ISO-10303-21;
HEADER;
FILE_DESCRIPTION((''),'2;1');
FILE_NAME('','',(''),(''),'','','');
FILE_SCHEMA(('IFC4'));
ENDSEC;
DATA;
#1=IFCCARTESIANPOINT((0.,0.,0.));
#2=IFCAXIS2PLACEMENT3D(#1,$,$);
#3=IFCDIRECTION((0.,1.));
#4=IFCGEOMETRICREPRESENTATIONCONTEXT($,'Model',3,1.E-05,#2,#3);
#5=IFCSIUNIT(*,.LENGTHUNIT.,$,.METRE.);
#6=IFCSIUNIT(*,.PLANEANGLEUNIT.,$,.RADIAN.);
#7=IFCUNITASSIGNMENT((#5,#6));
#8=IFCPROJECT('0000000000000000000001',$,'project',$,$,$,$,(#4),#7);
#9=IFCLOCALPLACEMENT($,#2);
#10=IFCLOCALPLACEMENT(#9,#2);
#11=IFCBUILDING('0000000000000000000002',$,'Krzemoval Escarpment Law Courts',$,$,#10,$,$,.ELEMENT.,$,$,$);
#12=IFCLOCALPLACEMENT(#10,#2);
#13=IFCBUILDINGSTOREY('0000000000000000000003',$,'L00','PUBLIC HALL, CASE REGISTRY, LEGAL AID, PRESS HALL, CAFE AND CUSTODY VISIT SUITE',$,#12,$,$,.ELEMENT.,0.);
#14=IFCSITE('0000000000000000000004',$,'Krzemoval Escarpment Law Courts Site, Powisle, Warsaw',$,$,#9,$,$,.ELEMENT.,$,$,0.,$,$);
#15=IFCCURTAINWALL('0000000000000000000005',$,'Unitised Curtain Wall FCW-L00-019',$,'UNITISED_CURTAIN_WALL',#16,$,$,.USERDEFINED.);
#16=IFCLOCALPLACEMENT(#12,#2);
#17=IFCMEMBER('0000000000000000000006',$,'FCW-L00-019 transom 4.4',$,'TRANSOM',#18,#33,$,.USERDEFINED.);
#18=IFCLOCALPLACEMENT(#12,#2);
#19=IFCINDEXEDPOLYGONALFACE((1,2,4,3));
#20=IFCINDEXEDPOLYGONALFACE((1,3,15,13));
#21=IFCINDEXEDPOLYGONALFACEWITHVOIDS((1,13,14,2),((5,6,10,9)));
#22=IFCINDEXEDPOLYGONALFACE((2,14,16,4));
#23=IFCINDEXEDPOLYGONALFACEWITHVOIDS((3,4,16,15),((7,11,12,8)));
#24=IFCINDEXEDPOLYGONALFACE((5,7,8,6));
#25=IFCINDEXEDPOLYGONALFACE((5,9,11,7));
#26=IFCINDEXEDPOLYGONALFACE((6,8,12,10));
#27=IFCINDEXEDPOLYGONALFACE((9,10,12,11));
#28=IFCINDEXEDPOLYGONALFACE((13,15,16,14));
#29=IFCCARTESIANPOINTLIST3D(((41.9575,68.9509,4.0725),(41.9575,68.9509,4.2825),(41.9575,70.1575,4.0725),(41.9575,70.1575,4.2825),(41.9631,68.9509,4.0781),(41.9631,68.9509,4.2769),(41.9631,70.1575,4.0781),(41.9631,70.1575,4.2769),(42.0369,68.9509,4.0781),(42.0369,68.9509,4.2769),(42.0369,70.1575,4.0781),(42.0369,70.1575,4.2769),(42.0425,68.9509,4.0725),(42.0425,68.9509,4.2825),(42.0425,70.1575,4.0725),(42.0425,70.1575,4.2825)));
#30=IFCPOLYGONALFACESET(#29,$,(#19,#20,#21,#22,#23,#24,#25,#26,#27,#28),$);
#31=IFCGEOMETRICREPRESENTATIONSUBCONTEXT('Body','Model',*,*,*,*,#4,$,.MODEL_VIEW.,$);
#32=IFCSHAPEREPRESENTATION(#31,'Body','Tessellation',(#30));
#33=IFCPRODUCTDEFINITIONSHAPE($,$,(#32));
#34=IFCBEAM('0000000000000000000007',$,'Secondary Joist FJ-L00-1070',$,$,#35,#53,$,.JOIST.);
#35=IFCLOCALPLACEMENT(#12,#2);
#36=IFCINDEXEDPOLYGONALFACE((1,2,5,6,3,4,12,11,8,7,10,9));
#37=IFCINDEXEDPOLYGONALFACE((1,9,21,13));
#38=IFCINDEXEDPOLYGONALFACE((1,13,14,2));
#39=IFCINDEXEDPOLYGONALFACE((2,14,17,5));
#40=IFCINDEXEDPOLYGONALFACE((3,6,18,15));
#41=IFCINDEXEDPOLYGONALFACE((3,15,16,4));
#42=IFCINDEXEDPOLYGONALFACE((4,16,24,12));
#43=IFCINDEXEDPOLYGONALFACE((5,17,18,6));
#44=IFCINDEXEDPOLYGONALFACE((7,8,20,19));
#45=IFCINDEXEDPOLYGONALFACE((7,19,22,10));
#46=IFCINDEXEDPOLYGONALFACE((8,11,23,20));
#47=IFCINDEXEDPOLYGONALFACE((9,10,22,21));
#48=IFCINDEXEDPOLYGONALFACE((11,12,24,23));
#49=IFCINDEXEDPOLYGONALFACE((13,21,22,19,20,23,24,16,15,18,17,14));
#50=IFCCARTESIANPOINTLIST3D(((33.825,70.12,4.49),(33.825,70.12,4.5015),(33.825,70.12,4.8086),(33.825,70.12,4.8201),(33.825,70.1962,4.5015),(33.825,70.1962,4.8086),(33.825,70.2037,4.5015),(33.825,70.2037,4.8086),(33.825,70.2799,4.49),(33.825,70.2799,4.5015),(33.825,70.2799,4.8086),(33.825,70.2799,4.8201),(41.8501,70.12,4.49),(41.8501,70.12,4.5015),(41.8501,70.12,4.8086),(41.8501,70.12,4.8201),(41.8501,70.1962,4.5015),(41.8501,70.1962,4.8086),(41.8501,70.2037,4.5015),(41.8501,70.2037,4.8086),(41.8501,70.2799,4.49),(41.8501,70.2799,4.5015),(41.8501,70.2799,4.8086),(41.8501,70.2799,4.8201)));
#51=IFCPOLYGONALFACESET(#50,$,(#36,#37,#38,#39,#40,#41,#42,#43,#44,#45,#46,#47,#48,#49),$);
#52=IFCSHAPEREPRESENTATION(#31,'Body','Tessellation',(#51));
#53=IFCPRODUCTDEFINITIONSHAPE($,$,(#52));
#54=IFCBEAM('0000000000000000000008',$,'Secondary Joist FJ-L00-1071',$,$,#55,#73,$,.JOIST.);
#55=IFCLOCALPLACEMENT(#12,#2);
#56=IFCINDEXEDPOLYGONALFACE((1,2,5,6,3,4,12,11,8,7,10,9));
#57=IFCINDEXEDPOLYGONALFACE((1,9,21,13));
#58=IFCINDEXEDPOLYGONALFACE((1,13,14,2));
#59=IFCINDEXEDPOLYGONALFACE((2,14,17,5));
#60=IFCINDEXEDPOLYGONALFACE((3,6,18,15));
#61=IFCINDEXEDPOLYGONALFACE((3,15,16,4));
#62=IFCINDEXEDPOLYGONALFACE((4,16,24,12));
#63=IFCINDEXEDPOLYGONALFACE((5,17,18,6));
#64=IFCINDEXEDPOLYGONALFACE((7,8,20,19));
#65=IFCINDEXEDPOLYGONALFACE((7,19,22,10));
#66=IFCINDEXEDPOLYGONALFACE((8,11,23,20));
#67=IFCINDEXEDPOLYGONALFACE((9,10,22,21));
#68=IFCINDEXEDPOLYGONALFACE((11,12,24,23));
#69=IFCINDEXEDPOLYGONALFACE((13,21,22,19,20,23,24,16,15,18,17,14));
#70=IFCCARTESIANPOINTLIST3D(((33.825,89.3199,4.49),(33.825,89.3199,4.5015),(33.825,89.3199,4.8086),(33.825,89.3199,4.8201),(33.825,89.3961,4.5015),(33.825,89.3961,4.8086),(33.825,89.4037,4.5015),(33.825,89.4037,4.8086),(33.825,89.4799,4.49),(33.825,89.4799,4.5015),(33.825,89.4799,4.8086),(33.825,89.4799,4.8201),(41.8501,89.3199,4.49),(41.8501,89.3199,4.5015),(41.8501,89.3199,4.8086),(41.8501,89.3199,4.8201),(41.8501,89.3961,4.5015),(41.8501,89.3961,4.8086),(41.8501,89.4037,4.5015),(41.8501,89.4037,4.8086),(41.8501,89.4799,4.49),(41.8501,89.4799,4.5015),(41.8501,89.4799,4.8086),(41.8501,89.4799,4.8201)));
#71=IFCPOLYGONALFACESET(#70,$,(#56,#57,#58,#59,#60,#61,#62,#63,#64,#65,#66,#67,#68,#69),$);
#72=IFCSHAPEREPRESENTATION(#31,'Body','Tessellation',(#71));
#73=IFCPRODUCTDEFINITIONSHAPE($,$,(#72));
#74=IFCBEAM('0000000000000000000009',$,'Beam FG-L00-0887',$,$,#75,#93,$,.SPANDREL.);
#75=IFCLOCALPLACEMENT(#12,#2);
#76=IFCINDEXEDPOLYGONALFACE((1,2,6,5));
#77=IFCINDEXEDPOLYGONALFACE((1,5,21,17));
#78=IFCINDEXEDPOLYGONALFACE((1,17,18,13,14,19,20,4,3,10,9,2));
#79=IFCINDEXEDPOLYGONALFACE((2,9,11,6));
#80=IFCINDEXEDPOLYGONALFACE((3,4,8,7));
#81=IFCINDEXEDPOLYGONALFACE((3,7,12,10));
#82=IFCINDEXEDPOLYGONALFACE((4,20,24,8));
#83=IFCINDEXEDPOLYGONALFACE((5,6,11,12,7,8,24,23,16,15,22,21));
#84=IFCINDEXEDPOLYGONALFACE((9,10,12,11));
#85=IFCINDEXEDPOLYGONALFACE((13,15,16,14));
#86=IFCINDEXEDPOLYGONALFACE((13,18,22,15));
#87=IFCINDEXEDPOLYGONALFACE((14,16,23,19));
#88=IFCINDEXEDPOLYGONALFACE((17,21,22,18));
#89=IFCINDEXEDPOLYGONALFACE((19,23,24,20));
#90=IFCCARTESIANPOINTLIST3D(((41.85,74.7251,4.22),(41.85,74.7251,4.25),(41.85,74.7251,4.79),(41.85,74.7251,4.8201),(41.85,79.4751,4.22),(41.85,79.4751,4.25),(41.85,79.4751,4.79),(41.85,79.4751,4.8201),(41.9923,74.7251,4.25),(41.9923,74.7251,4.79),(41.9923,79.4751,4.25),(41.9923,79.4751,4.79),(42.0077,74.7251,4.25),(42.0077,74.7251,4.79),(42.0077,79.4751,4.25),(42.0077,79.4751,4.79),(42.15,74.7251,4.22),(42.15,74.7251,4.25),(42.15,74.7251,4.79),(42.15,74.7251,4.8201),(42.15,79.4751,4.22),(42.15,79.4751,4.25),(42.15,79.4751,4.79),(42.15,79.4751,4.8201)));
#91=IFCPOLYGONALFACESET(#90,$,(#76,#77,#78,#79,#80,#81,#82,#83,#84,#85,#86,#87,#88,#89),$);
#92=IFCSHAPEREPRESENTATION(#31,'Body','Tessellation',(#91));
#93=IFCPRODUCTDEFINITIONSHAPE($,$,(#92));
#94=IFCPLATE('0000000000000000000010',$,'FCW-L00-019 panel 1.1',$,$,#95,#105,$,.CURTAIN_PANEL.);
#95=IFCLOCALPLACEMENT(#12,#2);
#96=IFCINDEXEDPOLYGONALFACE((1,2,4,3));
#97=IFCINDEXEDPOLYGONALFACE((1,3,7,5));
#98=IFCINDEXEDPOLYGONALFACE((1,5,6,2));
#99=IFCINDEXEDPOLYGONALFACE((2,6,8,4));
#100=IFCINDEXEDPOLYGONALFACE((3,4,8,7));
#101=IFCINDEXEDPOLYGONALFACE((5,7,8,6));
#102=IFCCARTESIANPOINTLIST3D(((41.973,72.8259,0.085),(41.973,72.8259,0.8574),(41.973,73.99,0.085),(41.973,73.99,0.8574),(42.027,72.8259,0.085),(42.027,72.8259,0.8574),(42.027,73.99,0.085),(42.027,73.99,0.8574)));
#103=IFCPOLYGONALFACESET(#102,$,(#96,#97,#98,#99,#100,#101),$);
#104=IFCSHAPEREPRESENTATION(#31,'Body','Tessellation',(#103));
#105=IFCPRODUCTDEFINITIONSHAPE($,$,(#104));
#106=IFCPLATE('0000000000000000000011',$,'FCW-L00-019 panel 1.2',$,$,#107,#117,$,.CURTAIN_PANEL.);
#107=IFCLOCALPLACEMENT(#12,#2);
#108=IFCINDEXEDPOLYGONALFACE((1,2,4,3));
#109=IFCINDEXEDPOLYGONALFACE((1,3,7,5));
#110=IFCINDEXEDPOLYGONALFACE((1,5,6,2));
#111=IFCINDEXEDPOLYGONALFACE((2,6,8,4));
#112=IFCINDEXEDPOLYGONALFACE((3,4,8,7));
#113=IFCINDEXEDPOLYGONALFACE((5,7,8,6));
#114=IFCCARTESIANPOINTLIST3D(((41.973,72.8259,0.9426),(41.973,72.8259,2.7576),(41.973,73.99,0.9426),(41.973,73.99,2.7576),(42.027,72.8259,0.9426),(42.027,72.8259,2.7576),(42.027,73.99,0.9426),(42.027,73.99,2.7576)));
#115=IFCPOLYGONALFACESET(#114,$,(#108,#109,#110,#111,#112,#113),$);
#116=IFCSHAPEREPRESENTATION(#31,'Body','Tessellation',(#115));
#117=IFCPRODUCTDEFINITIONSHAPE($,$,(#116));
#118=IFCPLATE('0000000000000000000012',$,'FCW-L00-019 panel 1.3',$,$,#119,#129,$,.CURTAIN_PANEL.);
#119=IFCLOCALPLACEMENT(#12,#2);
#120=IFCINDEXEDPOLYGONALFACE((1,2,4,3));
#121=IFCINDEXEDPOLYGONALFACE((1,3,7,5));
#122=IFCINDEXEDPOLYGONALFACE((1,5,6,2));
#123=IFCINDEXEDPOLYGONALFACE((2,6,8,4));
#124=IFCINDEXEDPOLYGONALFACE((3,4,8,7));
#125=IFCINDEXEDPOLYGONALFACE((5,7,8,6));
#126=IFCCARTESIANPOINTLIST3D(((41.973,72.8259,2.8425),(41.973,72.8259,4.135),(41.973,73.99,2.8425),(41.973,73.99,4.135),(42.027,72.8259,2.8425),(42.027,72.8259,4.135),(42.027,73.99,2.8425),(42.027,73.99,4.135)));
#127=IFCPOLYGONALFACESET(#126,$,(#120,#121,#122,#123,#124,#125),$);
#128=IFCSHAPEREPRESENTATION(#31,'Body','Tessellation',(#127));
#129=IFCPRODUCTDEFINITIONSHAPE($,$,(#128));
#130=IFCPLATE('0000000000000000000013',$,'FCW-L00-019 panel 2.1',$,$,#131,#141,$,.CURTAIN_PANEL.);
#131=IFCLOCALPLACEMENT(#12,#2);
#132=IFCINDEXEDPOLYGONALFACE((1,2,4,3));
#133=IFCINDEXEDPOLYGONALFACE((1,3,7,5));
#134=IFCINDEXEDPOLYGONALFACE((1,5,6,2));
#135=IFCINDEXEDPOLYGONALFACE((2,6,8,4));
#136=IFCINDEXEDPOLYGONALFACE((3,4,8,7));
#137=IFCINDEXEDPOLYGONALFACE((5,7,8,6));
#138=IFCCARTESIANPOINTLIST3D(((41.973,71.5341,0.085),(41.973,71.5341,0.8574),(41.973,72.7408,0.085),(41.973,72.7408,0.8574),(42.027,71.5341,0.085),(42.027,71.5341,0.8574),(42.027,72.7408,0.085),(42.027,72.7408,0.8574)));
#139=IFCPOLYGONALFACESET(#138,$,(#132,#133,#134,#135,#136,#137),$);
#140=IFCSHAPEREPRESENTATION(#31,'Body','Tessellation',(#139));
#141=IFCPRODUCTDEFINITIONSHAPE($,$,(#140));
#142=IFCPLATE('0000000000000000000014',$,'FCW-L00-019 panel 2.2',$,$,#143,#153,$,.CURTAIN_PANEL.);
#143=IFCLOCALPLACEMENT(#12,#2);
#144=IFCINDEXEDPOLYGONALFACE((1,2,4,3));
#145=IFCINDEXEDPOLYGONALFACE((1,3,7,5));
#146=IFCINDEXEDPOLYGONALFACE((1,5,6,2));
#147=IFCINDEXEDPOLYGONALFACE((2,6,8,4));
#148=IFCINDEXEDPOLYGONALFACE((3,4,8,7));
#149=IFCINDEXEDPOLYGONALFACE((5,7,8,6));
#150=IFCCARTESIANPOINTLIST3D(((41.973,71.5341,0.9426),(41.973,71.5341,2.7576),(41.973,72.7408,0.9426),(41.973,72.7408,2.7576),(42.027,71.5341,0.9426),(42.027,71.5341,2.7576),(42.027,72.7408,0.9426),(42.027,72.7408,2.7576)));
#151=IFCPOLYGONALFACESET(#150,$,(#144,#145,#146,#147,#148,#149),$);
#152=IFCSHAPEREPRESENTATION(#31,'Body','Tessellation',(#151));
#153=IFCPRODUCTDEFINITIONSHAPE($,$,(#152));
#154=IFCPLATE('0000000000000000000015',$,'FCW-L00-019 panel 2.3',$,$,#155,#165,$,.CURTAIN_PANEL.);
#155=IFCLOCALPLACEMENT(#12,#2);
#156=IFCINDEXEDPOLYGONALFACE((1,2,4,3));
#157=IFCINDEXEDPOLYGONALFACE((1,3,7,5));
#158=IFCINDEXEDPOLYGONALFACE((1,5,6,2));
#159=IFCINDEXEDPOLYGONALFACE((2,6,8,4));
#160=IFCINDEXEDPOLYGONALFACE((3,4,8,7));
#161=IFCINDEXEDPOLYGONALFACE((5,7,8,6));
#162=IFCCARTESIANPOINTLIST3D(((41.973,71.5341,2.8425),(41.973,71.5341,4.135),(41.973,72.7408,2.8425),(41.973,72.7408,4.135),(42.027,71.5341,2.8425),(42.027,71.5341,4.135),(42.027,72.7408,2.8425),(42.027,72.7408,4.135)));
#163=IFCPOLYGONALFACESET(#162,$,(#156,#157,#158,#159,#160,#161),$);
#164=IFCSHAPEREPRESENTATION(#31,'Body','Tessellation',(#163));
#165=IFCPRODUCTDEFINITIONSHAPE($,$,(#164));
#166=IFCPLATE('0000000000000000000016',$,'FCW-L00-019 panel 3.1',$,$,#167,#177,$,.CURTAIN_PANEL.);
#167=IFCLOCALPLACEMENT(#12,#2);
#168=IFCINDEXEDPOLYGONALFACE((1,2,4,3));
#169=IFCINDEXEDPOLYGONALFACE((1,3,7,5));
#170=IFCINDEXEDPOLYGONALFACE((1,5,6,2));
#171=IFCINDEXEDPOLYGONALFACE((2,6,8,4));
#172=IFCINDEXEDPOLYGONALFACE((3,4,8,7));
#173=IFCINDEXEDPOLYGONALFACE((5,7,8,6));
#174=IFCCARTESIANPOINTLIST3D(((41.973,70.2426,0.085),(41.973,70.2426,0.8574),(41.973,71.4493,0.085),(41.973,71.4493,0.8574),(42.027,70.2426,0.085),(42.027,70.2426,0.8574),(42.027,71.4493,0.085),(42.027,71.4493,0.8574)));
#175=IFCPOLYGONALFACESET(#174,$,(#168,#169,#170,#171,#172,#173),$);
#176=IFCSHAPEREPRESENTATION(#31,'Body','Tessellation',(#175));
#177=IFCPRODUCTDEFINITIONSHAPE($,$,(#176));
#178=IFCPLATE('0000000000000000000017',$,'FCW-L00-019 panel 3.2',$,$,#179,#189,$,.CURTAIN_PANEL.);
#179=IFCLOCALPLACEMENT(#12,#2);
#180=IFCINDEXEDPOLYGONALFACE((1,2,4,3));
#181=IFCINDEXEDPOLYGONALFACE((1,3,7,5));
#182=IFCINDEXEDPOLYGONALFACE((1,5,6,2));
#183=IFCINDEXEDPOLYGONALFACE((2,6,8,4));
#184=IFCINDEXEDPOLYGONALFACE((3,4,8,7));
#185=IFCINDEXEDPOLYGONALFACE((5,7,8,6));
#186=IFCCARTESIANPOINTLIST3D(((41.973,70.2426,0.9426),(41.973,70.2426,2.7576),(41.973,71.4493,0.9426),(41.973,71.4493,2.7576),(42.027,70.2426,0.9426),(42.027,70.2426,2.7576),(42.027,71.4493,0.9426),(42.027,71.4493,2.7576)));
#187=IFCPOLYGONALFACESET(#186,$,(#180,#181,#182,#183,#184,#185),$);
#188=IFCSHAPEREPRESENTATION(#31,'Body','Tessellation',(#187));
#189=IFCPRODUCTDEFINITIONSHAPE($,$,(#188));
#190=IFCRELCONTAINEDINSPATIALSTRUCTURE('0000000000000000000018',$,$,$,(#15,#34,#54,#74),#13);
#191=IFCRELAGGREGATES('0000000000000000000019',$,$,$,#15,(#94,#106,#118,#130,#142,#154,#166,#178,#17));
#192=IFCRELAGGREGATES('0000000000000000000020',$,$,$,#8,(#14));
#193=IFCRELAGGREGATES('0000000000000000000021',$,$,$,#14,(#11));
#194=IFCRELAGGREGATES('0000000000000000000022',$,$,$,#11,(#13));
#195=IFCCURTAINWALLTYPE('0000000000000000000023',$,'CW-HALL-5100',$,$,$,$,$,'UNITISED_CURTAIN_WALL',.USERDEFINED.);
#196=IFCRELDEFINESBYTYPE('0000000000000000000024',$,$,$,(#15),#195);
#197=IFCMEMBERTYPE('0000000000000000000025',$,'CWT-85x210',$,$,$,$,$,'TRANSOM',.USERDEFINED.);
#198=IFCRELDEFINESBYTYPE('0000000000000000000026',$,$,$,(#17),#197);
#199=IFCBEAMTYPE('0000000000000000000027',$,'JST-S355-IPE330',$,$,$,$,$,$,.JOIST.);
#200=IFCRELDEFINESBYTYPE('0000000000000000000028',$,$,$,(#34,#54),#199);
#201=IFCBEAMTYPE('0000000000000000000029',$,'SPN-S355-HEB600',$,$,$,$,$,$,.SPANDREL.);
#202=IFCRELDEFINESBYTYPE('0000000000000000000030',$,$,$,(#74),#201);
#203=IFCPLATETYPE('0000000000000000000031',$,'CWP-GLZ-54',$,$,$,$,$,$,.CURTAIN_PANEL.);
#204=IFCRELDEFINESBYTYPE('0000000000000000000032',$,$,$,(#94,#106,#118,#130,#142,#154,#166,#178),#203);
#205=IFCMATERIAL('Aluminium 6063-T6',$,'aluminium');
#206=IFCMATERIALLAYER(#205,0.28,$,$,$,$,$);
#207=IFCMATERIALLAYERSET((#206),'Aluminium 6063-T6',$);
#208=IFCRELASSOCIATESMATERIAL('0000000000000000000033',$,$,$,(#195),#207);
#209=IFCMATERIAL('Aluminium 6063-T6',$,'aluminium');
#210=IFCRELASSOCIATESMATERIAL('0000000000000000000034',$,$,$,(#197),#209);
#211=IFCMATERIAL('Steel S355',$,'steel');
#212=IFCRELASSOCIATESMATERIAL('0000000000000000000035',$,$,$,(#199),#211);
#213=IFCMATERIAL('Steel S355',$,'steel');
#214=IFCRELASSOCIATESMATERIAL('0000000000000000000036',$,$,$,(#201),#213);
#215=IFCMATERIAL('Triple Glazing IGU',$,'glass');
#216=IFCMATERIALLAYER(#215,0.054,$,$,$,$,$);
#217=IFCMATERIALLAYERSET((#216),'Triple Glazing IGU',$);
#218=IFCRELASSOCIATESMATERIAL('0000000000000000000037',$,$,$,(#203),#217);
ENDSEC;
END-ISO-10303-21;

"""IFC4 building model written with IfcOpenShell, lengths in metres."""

from ifc_helpers import new_model, si_unit, direction, frame, origin, origin_2d, place, context, subcontext, project, spatial, rectangle, hollow_rectangle, i_section, extrude, material, layer, layer_set, material_profile, profile_set, type_object, element, aggregate, save


model = new_model("IFC4")

# Units and contexts
model_context = context("Model", 3, precision=1e-05, world=origin(), true_north=direction((0.0, 1.0)))
body_context = subcontext(model_context, "Body", "Model", "MODEL_VIEW")
ifc_project = project(units=[si_unit("LENGTHUNIT", "METRE"), si_unit("PLANEANGLEUNIT", "RADIAN")], contexts=[model_context])

# Site, building, storey
site_placement = place(None, origin())
site = spatial("IfcSite", under=ifc_project, at=site_placement, Name="Krzemoval Escarpment Law Courts Site, Powisle, Warsaw", CompositionType="ELEMENT", RefElevation=0.0)
building_placement = place(site_placement, origin())
building = spatial("IfcBuilding", under=site, at=building_placement, Name="Krzemoval Escarpment Law Courts", CompositionType="ELEMENT")
storey_placement = place(building_placement, origin())
storey = spatial("IfcBuildingStorey", under=building, at=storey_placement, Name="L00", Description="PUBLIC HALL, CASE REGISTRY, LEGAL AID, PRESS HALL, CAFE AND CUSTODY VISIT SUITE", CompositionType="ELEMENT", Elevation=0.0)

# Curtain wall, member
ifc_material_1 = material(Name="Aluminium 6063-T6", Category="aluminium")
ifc_layer_1 = layer(ifc_material_1, 0.28)
ifc_layer_set_1 = layer_set([ifc_layer_1], Name="Aluminium 6063-T6")
curtain_wall_type = type_object("IfcCurtainWallType", Name="CW-HALL-5100", ElementType="UNITISED_CURTAIN_WALL", PredefinedType="USERDEFINED", material=ifc_layer_set_1)
curtain_wall_placement = place(storey_placement, origin())
curtain_wall = element("IfcCurtainWall", 1, at=curtain_wall_placement, inside=storey, type_object=curtain_wall_type, Name="Unitised Curtain Wall FCW-L00-019", ObjectType="UNITISED_CURTAIN_WALL", PredefinedType="USERDEFINED")
ifc_material_2 = material(Name="Aluminium 6063-T6", Category="aluminium")
ifc_material_profile_1 = material_profile(ifc_material_2, hollow_rectangle(XDim=0.085, YDim=0.21, WallThickness=0.0056, at=origin_2d()), Name="ALU T85x210")
ifc_profile_set_1 = profile_set([ifc_material_profile_1], Name="Aluminium 6063-T6")
member_type_1 = type_object("IfcMemberType", Name="CWT-85x210", ElementType="TRANSOM", PredefinedType="USERDEFINED", material=ifc_profile_set_1)
member_1_placement = place(storey_placement, frame((42.0, 70.1575, 4.1775), z_axis=(0.0, -1.0, 0.0), x_axis=(1.0, 0.0, 0.0)))
member_1 = element("IfcMember", 2, at=member_1_placement, type_object=member_type_1, Name="FCW-L00-019 transom 4.4", ObjectType="TRANSOM", PredefinedType="USERDEFINED", context=body_context, shape_type="SweptSolid", body=[
    extrude(hollow_rectangle(XDim=0.085, YDim=0.21, WallThickness=0.0056, at=origin_2d()), origin(), (0.0, 0.0, 1.0), 1.2065),
])

# Beams
ifc_material_3 = material(Name="Steel S355", Category="steel")
ifc_material_profile_2 = material_profile(ifc_material_3, i_section(OverallWidth=0.1599, OverallDepth=0.3301, WebThickness=0.0076, FlangeThickness=0.0115, at=origin_2d()), Name="IPE 330")
ifc_profile_set_2 = profile_set([ifc_material_profile_2], Name="Steel S355")
beam_type_1 = type_object("IfcBeamType", Name="JST-S355-IPE330", PredefinedType="JOIST", material=ifc_profile_set_2)
for number, where, z_axis, x_axis, name in (
    (3, (33.825, 70.2, 4.655), (1.0, 0.0, 0.0), (0.0, 1.0, 0.0), "Secondary Joist FJ-L00-1070"),
    (4, (33.825, 89.3999, 4.655), (1.0, 0.0, 0.0), (0.0, 1.0, 0.0), "Secondary Joist FJ-L00-1071"),
):
    element("IfcBeam", number, at=place(storey_placement, frame(where, z_axis=z_axis, x_axis=x_axis)), inside=storey, type_object=beam_type_1, Name=name, PredefinedType="JOIST", context=body_context, shape_type="SweptSolid", body=[
        extrude(i_section(OverallWidth=0.1599, OverallDepth=0.3301, WebThickness=0.0076, FlangeThickness=0.0115, at=origin_2d()), origin(), (0.0, 0.0, 1.0), 8.0251),
    ])
ifc_material_4 = material(Name="Steel S355", Category="steel")
ifc_material_profile_3 = material_profile(ifc_material_4, i_section(OverallWidth=0.3, OverallDepth=0.6001, WebThickness=0.0154, FlangeThickness=0.03, at=origin_2d()), Name="HEB 600")
ifc_profile_set_3 = profile_set([ifc_material_profile_3], Name="Steel S355")
beam_type_2 = type_object("IfcBeamType", Name="SPN-S355-HEB600", PredefinedType="SPANDREL", material=ifc_profile_set_3)
beam_placement = place(storey_placement, frame((42.0, 74.7251, 4.52), z_axis=(0.0, 1.0, 0.0), x_axis=(-1.0, 0.0, 0.0)))
element("IfcBeam", 5, at=beam_placement, inside=storey, type_object=beam_type_2, Name="Beam FG-L00-0887", PredefinedType="SPANDREL", context=body_context, shape_type="SweptSolid", body=[
    extrude(i_section(OverallWidth=0.3, OverallDepth=0.6001, WebThickness=0.0154, FlangeThickness=0.03, at=origin_2d()), origin(), (0.0, 0.0, 1.0), 4.75),
])

# Plates
ifc_material_5 = material(Name="Triple Glazing IGU", Category="glass")
ifc_layer_2 = layer(ifc_material_5, 0.054)
ifc_layer_set_2 = layer_set([ifc_layer_2], Name="Triple Glazing IGU")
plate_type = type_object("IfcPlateType", Name="CWP-GLZ-54", PredefinedType="CURTAIN_PANEL", material=ifc_layer_set_2)
plate_1_placement = place(storey_placement, frame((42.0, 73.408, 0.085), z_axis=(0.0, 0.0, 1.0), x_axis=(0.0, -1.0, 0.0)))
plate_1 = element("IfcPlate", 6, at=plate_1_placement, type_object=plate_type, Name="FCW-L00-019 panel 1.1", PredefinedType="CURTAIN_PANEL", context=body_context, shape_type="SweptSolid", body=[
    extrude(rectangle(XDim=1.1641, YDim=0.054, at=origin_2d()), origin(), (0.0, 0.0, 1.0), 0.7725),
])
plate_2_placement = place(storey_placement, frame((42.0, 73.408, 0.9426), z_axis=(0.0, 0.0, 1.0), x_axis=(0.0, -1.0, 0.0)))
plate_2 = element("IfcPlate", 7, at=plate_2_placement, type_object=plate_type, Name="FCW-L00-019 panel 1.2", PredefinedType="CURTAIN_PANEL", context=body_context, shape_type="SweptSolid", body=[
    extrude(rectangle(XDim=1.1641, YDim=0.054, at=origin_2d()), origin(), (0.0, 0.0, 1.0), 1.8149),
])
plate_3_placement = place(storey_placement, frame((42.0, 73.408, 2.8425), z_axis=(0.0, 0.0, 1.0), x_axis=(0.0, -1.0, 0.0)))
plate_3 = element("IfcPlate", 8, at=plate_3_placement, type_object=plate_type, Name="FCW-L00-019 panel 1.3", PredefinedType="CURTAIN_PANEL", context=body_context, shape_type="SweptSolid", body=[
    extrude(rectangle(XDim=1.1641, YDim=0.054, at=origin_2d()), origin(), (0.0, 0.0, 1.0), 1.2925),
])
plate_4_placement = place(storey_placement, frame((42.0, 72.1375, 0.085), z_axis=(0.0, 0.0, 1.0), x_axis=(0.0, -1.0, 0.0)))
plate_4 = element("IfcPlate", 9, at=plate_4_placement, type_object=plate_type, Name="FCW-L00-019 panel 2.1", PredefinedType="CURTAIN_PANEL", context=body_context, shape_type="SweptSolid", body=[
    extrude(rectangle(XDim=1.2068, YDim=0.054, at=origin_2d()), origin(), (0.0, 0.0, 1.0), 0.7725),
])
plate_5_placement = place(storey_placement, frame((42.0, 72.1375, 0.9426), z_axis=(0.0, 0.0, 1.0), x_axis=(0.0, -1.0, 0.0)))
plate_5 = element("IfcPlate", 10, at=plate_5_placement, type_object=plate_type, Name="FCW-L00-019 panel 2.2", PredefinedType="CURTAIN_PANEL", context=body_context, shape_type="SweptSolid", body=[
    extrude(rectangle(XDim=1.2068, YDim=0.054, at=origin_2d()), origin(), (0.0, 0.0, 1.0), 1.8149),
])
plate_6_placement = place(storey_placement, frame((42.0, 72.1375, 2.8425), z_axis=(0.0, 0.0, 1.0), x_axis=(0.0, -1.0, 0.0)))
plate_6 = element("IfcPlate", 11, at=plate_6_placement, type_object=plate_type, Name="FCW-L00-019 panel 2.3", PredefinedType="CURTAIN_PANEL", context=body_context, shape_type="SweptSolid", body=[
    extrude(rectangle(XDim=1.2068, YDim=0.054, at=origin_2d()), origin(), (0.0, 0.0, 1.0), 1.2925),
])
plate_7_placement = place(storey_placement, frame((42.0, 70.8459, 0.085), z_axis=(0.0, 0.0, 1.0), x_axis=(0.0, -1.0, 0.0)))
plate_7 = element("IfcPlate", 12, at=plate_7_placement, type_object=plate_type, Name="FCW-L00-019 panel 3.1", PredefinedType="CURTAIN_PANEL", context=body_context, shape_type="SweptSolid", body=[
    extrude(rectangle(XDim=1.2068, YDim=0.054, at=origin_2d()), origin(), (0.0, 0.0, 1.0), 0.7725),
])
plate_8_placement = place(storey_placement, frame((42.0, 70.8459, 0.9426), z_axis=(0.0, 0.0, 1.0), x_axis=(0.0, -1.0, 0.0)))
plate_8 = element("IfcPlate", 13, at=plate_8_placement, type_object=plate_type, Name="FCW-L00-019 panel 3.2", PredefinedType="CURTAIN_PANEL", context=body_context, shape_type="SweptSolid", body=[
    extrude(rectangle(XDim=1.2068, YDim=0.054, at=origin_2d()), origin(), (0.0, 0.0, 1.0), 1.8149),
])
aggregate(curtain_wall, [plate_1, plate_2, plate_3, plate_4, plate_5, plate_6, plate_7, plate_8, member_1])

save(model, "model.ifc")
